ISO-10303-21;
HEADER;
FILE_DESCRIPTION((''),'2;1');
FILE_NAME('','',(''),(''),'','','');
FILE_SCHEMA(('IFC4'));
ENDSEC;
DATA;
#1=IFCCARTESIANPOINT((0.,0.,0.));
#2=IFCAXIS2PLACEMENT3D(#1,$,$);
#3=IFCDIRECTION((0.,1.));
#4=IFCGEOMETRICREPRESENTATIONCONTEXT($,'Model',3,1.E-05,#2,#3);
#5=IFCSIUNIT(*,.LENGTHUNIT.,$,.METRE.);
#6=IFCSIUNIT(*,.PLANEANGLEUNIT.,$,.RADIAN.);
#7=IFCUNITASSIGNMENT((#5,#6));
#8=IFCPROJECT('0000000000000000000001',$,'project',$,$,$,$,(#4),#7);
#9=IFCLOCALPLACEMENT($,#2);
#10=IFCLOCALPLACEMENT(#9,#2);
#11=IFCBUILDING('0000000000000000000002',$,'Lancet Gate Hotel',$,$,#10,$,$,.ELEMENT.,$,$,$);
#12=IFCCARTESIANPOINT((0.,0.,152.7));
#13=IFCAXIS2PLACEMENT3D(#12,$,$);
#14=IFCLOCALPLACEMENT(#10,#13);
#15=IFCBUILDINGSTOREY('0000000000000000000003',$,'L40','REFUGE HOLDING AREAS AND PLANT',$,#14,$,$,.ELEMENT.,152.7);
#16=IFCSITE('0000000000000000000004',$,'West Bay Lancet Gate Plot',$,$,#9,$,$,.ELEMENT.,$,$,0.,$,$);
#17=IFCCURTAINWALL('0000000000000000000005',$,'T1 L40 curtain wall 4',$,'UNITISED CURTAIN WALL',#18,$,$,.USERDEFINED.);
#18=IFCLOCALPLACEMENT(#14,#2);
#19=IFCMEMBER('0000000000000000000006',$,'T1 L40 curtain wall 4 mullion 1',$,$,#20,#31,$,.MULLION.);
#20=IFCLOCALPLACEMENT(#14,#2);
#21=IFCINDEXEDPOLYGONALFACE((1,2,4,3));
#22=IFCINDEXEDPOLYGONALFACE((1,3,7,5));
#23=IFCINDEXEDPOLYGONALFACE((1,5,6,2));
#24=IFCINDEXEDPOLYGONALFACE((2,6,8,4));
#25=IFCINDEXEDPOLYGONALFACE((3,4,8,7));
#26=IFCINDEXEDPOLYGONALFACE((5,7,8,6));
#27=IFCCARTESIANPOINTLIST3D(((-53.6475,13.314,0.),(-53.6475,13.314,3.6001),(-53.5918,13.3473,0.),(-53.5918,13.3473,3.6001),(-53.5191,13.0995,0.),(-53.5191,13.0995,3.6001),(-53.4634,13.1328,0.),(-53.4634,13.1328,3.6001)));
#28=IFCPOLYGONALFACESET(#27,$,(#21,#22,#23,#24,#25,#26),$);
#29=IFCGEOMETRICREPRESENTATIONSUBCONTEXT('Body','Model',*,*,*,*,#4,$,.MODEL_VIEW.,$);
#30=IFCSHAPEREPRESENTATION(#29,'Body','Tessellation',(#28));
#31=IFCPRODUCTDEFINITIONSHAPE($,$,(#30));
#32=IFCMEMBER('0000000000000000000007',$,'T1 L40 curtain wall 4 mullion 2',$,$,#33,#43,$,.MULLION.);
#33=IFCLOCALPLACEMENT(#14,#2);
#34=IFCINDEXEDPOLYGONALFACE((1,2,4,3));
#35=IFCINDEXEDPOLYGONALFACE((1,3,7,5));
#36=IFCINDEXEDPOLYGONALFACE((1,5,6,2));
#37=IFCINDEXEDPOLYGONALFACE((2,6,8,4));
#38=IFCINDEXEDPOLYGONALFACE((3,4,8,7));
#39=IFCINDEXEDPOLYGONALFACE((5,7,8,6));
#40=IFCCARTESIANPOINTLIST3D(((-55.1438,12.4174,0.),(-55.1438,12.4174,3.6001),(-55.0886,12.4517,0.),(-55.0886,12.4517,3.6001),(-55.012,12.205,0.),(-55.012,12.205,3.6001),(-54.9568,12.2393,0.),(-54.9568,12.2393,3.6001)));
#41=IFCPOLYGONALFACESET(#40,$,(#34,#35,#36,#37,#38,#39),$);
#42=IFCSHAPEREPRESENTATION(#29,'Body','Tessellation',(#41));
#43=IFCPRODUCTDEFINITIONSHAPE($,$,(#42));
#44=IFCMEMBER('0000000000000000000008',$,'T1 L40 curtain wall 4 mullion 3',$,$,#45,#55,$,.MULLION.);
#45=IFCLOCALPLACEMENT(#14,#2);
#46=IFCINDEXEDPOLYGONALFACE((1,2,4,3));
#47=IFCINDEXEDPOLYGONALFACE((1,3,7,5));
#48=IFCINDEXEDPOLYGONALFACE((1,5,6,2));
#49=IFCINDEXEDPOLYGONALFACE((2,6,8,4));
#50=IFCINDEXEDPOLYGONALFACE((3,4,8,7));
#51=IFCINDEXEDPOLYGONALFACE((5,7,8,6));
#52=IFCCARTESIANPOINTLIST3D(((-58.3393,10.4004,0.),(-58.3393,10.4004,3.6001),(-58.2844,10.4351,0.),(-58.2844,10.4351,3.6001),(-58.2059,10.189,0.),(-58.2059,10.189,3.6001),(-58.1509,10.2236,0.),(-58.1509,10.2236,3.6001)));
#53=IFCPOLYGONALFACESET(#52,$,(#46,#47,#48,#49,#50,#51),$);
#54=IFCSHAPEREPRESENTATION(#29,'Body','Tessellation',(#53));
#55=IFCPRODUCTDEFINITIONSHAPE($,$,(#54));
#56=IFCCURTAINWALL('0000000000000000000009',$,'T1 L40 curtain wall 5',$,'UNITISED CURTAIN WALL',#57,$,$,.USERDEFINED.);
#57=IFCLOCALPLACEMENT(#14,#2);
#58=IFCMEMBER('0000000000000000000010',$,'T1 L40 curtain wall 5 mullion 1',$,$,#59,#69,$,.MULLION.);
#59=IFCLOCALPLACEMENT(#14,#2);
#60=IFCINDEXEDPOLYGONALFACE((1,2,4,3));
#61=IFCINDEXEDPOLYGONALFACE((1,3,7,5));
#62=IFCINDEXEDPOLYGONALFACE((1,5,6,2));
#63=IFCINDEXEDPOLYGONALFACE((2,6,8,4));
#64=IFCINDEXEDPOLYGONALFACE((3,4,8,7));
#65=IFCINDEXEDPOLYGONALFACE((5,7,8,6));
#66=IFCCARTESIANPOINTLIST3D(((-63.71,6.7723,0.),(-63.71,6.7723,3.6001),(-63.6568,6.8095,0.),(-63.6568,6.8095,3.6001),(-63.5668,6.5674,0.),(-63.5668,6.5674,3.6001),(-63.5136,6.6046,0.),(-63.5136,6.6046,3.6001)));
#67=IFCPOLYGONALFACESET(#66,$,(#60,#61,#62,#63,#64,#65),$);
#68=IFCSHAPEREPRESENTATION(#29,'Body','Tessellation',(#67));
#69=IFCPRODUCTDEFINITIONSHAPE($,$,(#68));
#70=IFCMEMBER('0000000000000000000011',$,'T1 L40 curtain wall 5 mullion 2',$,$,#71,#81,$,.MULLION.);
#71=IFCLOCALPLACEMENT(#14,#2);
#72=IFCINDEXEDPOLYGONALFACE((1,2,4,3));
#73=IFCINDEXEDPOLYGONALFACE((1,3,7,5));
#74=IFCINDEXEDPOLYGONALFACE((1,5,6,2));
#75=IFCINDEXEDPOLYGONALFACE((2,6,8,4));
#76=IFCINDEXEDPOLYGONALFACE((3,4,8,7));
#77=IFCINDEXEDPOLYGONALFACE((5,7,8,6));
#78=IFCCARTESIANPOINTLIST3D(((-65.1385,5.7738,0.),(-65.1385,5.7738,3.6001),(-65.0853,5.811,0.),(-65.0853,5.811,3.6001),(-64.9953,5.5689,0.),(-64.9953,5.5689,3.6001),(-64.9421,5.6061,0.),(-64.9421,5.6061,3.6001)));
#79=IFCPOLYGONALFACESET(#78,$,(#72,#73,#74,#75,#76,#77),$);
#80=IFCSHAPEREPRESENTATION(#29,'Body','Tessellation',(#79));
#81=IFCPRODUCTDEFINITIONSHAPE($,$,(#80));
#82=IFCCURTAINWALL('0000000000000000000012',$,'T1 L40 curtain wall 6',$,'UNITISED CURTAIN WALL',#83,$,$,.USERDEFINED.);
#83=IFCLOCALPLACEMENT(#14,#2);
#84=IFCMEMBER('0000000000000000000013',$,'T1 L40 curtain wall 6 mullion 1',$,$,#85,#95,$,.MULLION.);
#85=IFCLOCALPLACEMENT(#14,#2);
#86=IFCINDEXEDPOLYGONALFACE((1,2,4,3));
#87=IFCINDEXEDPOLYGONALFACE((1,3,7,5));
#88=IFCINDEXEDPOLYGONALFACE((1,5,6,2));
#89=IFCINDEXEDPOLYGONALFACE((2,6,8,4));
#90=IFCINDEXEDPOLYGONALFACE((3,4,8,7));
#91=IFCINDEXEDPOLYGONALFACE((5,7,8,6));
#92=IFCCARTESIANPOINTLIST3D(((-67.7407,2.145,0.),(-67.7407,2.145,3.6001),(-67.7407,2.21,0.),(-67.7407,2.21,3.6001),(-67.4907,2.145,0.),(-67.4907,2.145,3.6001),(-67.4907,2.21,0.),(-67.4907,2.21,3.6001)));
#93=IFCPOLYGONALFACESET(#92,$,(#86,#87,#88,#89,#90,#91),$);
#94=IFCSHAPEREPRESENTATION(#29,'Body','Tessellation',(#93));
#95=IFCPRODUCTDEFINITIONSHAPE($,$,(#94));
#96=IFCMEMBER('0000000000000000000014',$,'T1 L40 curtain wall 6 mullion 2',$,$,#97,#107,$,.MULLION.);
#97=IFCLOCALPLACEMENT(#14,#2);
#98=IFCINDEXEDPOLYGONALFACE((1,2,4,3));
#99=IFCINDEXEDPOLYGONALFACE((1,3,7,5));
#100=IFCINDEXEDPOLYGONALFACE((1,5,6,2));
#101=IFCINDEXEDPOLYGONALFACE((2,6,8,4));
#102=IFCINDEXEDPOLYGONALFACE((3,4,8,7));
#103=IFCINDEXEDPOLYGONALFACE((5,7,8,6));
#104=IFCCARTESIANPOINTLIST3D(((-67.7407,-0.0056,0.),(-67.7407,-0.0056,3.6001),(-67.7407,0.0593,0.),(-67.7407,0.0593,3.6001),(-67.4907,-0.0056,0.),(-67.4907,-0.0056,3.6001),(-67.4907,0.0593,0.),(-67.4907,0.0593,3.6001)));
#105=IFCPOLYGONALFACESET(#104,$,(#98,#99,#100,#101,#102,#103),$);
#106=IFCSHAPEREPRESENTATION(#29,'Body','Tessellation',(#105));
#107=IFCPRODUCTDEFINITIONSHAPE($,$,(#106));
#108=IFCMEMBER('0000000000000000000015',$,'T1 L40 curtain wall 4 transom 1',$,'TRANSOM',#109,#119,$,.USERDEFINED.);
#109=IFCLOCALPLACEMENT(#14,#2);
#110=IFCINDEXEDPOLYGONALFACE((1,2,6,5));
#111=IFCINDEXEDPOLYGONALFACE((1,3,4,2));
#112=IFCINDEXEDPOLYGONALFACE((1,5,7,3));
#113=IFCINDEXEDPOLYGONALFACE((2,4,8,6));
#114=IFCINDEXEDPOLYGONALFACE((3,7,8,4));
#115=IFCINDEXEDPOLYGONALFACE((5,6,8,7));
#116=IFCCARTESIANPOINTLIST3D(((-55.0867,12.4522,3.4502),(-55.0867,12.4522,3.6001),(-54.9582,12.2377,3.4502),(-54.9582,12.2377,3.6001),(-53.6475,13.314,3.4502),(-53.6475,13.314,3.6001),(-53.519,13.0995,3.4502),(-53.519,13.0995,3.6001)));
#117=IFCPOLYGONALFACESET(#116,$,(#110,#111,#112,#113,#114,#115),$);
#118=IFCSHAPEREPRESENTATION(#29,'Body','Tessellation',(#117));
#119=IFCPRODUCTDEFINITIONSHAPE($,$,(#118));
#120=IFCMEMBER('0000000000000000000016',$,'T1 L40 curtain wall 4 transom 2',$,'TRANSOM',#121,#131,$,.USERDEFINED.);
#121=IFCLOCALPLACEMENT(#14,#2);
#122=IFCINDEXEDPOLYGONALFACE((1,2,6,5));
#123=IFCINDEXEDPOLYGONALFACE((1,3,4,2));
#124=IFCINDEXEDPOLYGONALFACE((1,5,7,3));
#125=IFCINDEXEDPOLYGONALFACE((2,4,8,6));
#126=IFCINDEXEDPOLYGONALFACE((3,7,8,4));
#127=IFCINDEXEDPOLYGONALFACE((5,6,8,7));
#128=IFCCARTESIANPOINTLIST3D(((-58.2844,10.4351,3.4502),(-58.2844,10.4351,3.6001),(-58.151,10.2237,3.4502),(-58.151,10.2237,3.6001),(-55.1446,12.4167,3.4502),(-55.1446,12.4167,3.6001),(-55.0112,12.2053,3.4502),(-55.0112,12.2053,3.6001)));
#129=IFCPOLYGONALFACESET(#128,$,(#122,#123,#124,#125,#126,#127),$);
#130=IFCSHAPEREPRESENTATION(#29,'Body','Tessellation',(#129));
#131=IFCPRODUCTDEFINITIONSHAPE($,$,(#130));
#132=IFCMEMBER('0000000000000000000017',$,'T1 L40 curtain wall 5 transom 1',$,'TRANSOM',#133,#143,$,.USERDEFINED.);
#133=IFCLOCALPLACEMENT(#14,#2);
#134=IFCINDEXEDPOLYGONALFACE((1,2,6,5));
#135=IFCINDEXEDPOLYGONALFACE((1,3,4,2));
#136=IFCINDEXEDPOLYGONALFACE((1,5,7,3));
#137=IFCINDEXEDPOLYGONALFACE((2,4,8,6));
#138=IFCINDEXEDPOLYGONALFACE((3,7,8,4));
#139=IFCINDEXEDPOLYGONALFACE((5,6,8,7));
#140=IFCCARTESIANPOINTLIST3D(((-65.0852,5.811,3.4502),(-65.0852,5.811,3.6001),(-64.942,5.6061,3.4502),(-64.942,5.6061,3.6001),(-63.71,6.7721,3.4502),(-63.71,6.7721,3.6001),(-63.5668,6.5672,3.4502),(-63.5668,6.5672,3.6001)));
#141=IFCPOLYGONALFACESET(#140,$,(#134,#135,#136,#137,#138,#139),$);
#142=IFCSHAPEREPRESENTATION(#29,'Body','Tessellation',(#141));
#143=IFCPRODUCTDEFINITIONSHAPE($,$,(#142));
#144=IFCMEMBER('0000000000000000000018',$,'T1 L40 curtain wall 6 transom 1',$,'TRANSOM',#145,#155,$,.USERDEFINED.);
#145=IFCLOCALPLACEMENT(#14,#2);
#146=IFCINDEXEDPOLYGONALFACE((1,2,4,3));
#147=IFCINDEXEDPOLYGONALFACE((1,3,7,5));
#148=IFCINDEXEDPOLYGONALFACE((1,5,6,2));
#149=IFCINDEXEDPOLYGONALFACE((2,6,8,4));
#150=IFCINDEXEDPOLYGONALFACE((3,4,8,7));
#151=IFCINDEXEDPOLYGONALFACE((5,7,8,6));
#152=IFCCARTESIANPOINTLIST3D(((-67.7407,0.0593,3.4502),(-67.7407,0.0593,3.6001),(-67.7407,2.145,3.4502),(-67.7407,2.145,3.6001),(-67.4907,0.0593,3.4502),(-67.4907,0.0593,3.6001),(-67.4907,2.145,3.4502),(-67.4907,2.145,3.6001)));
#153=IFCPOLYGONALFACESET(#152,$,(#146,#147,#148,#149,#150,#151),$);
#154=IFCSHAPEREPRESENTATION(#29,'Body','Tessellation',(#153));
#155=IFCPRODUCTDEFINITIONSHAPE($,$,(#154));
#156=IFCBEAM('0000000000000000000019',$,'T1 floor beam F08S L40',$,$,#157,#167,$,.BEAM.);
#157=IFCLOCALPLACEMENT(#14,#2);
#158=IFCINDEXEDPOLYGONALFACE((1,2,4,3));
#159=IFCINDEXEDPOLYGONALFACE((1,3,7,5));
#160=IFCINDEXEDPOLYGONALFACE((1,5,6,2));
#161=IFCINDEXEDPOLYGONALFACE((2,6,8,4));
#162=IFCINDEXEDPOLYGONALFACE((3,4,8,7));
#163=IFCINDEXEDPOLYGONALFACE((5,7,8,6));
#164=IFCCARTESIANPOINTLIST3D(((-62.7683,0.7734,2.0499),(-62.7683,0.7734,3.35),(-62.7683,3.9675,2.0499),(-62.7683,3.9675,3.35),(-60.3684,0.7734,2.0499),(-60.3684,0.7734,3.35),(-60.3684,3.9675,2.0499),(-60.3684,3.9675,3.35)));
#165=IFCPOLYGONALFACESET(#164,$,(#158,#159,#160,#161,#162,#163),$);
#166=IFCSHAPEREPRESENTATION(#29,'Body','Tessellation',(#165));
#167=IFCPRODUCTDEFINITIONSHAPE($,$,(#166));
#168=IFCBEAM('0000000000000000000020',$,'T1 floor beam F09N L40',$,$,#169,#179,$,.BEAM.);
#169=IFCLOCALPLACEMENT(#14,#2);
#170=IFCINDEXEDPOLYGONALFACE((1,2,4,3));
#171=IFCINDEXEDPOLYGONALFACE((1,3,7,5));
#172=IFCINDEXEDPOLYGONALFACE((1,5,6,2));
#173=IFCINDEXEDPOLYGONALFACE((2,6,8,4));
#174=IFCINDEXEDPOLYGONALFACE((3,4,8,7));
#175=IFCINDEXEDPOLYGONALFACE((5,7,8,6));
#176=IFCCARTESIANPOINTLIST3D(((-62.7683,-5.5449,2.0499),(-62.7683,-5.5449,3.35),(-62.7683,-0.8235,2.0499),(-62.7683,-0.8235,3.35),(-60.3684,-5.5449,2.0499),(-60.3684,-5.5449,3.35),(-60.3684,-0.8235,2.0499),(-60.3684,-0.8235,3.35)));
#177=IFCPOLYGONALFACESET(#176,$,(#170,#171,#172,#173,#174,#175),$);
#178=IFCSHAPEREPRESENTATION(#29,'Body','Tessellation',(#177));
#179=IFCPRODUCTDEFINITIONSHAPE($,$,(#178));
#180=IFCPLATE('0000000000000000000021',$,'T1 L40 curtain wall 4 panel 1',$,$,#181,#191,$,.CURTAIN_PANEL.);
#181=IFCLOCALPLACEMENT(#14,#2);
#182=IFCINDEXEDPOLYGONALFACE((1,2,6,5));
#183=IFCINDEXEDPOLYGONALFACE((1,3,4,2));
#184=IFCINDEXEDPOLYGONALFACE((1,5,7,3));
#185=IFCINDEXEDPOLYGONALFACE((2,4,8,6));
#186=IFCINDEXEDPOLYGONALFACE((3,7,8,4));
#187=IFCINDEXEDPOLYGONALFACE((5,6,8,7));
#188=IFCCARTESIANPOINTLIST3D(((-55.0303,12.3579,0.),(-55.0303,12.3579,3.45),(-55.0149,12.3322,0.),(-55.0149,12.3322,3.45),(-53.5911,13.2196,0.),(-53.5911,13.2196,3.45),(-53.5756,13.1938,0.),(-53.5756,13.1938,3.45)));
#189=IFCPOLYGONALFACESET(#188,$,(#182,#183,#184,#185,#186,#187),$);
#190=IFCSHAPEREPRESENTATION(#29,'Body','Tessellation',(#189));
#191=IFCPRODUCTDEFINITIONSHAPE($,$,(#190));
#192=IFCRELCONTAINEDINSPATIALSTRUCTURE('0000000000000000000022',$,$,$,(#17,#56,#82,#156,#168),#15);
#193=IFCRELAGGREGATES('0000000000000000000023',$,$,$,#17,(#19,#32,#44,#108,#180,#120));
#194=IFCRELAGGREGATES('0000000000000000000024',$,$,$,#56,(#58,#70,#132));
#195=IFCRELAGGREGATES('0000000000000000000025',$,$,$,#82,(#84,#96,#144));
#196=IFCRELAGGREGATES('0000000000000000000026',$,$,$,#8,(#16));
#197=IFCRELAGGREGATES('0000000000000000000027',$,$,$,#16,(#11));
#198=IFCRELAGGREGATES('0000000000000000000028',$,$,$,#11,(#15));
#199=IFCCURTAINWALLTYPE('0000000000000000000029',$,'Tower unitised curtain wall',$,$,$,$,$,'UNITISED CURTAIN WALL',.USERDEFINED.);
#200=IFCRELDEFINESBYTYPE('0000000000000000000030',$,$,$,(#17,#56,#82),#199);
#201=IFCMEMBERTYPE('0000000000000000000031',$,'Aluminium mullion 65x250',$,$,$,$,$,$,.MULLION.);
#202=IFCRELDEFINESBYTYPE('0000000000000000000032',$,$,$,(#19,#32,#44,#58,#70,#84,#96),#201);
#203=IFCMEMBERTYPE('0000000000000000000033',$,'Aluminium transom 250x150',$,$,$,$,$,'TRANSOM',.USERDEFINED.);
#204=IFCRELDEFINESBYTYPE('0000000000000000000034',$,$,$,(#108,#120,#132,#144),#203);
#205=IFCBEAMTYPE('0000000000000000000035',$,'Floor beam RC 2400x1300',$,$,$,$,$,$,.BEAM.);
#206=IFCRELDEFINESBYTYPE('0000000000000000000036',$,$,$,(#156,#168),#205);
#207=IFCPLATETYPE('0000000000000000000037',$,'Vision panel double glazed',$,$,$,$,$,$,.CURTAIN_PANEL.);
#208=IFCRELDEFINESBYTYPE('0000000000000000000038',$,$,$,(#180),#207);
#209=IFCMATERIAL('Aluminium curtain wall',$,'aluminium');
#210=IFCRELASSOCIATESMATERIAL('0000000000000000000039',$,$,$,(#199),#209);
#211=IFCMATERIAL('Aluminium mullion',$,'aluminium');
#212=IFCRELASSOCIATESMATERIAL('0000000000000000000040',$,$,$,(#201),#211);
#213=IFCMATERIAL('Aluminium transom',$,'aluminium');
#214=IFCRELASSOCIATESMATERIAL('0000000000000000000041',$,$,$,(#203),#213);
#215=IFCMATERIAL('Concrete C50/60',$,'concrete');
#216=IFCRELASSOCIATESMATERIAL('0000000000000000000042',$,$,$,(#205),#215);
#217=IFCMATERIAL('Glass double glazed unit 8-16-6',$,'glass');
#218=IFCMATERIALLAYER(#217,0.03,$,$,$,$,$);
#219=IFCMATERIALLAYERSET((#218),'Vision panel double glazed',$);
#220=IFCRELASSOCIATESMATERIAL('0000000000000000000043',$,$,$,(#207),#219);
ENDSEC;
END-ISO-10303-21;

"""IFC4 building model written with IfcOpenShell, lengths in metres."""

from ifc_helpers import new_model, si_unit, direction, frame, origin, origin_2d, place, context, subcontext, project, spatial, rectangle, extrude, material, layer, layer_set, material_profile, profile_set, type_object, element, aggregate, save


model = new_model("IFC4")

# Units and contexts
model_context = context("Model", 3, precision=1e-05, world=origin(), true_north=direction((0.0, 1.0)))
body_context = subcontext(model_context, "Body", "Model", "MODEL_VIEW")
ifc_project = project(units=[si_unit("LENGTHUNIT", "METRE"), si_unit("PLANEANGLEUNIT", "RADIAN")], contexts=[model_context])

# Site, building, storey
site_placement = place(None, origin())
site = spatial("IfcSite", under=ifc_project, at=site_placement, Name="West Bay Lancet Gate Plot", CompositionType="ELEMENT", RefElevation=0.0)
building_placement = place(site_placement, origin())
building = spatial("IfcBuilding", under=site, at=building_placement, Name="Lancet Gate Hotel", CompositionType="ELEMENT")
storey_placement = place(building_placement, frame((0.0, 0.0, 152.7)))
storey = spatial("IfcBuildingStorey", under=building, at=storey_placement, Name="L40", Description="REFUGE HOLDING AREAS AND PLANT", CompositionType="ELEMENT", Elevation=152.7)

# Curtain walls, members
ifc_material_1 = material(Name="Aluminium curtain wall", Category="aluminium")
curtain_wall_type = type_object("IfcCurtainWallType", Name="Tower unitised curtain wall", ElementType="UNITISED CURTAIN WALL", PredefinedType="USERDEFINED", material=ifc_material_1)
curtain_wall_1_placement = place(storey_placement, origin())
curtain_wall_1 = element("IfcCurtainWall", 1, at=curtain_wall_1_placement, inside=storey, type_object=curtain_wall_type, Name="T1 L40 curtain wall 4", ObjectType="UNITISED CURTAIN WALL", PredefinedType="USERDEFINED")
ifc_material_2 = material(Name="Aluminium mullion", Category="aluminium")
ifc_material_profile_1 = material_profile(ifc_material_2, rectangle(XDim=0.0649, YDim=0.25, at=origin_2d()), Name="MULLION 65x250")
ifc_profile_set_1 = profile_set([ifc_material_profile_1], Name="Aluminium mullion")
member_type_1 = type_object("IfcMemberType", Name="Aluminium mullion 65x250", PredefinedType="MULLION", material=ifc_profile_set_1)
member_1_placement = place(storey_placement, frame((-53.5554, 13.2234, 0.0), z_axis=(0.0, 0.0, 1.0), x_axis=(-0.857987, -0.513672, 0.0)))
member_1 = element("IfcMember", 2, at=member_1_placement, type_object=member_type_1, Name="T1 L40 curtain wall 4 mullion 1", PredefinedType="MULLION", context=body_context, shape_type="SweptSolid", body=[
    extrude(rectangle(XDim=0.0649, YDim=0.25, at=origin_2d()), origin(), (0.0, 0.0, 1.0), 3.6001),
])
member_2_placement = place(storey_placement, frame((-55.0503, 12.3284, 0.0), z_axis=(0.0, 0.0, 1.0), x_axis=(-0.849606, -0.527417, 0.0)))
member_2 = element("IfcMember", 3, at=member_2_placement, type_object=member_type_1, Name="T1 L40 curtain wall 4 mullion 2", PredefinedType="MULLION", context=body_context, shape_type="SweptSolid", body=[
    extrude(rectangle(XDim=0.0649, YDim=0.25, at=origin_2d()), origin(), (0.0, 0.0, 1.0), 3.6001),
])
member_3_placement = place(storey_placement, frame((-58.2451, 10.312, 0.0), z_axis=(0.0, 0.0, 1.0), x_axis=(-0.845667, -0.533711, 0.0)))
member_3 = element("IfcMember", 4, at=member_3_placement, type_object=member_type_1, Name="T1 L40 curtain wall 4 mullion 3", PredefinedType="MULLION", context=body_context, shape_type="SweptSolid", body=[
    extrude(rectangle(XDim=0.0649, YDim=0.25, at=origin_2d()), origin(), (0.0, 0.0, 1.0), 3.6001),
])
curtain_wall_2_placement = place(storey_placement, origin())
curtain_wall_2 = element("IfcCurtainWall", 5, at=curtain_wall_2_placement, inside=storey, type_object=curtain_wall_type, Name="T1 L40 curtain wall 5", ObjectType="UNITISED CURTAIN WALL", PredefinedType="USERDEFINED")
member_4_placement = place(storey_placement, frame((-63.6118, 6.6885, 0.0), z_axis=(0.0, 0.0, 1.0), x_axis=(-0.819631, -0.572892, 0.0)))
member_4 = element("IfcMember", 6, at=member_4_placement, type_object=member_type_1, Name="T1 L40 curtain wall 5 mullion 1", PredefinedType="MULLION", context=body_context, shape_type="SweptSolid", body=[
    extrude(rectangle(XDim=0.0649, YDim=0.25, at=origin_2d()), origin(), (0.0, 0.0, 1.0), 3.6001),
])
member_5_placement = place(storey_placement, frame((-65.0403, 5.6899, 0.0), z_axis=(0.0, 0.0, 1.0), x_axis=(-0.819631, -0.572892, 0.0)))
member_5 = element("IfcMember", 7, at=member_5_placement, type_object=member_type_1, Name="T1 L40 curtain wall 5 mullion 2", PredefinedType="MULLION", context=body_context, shape_type="SweptSolid", body=[
    extrude(rectangle(XDim=0.0649, YDim=0.25, at=origin_2d()), origin(), (0.0, 0.0, 1.0), 3.6001),
])
curtain_wall_3_placement = place(storey_placement, origin())
curtain_wall_3 = element("IfcCurtainWall", 8, at=curtain_wall_3_placement, inside=storey, type_object=curtain_wall_type, Name="T1 L40 curtain wall 6", ObjectType="UNITISED CURTAIN WALL", PredefinedType="USERDEFINED")
member_6_placement = place(storey_placement, frame((-67.6157, 2.1775, 0.0), z_axis=(0.0, 0.0, 1.0), x_axis=(0.0, -1.0, 0.0)))
member_6 = element("IfcMember", 9, at=member_6_placement, type_object=member_type_1, Name="T1 L40 curtain wall 6 mullion 1", PredefinedType="MULLION", context=body_context, shape_type="SweptSolid", body=[
    extrude(rectangle(XDim=0.0649, YDim=0.25, at=origin_2d()), origin(), (0.0, 0.0, 1.0), 3.6001),
])
member_7_placement = place(storey_placement, frame((-67.6157, 0.0269, 0.0), z_axis=(0.0, 0.0, 1.0), x_axis=(0.0, -1.0, 0.0)))
member_7 = element("IfcMember", 10, at=member_7_placement, type_object=member_type_1, Name="T1 L40 curtain wall 6 mullion 2", PredefinedType="MULLION", context=body_context, shape_type="SweptSolid", body=[
    extrude(rectangle(XDim=0.0649, YDim=0.25, at=origin_2d()), origin(), (0.0, 0.0, 1.0), 3.6001),
])

# Members
ifc_material_3 = material(Name="Aluminium transom", Category="aluminium")
ifc_material_profile_2 = material_profile(ifc_material_3, rectangle(XDim=0.25, YDim=0.1499, at=origin_2d()), Name="TRANSOM 250x150")
ifc_profile_set_2 = profile_set([ifc_material_profile_2], Name="Aluminium transom")
member_type_2 = type_object("IfcMemberType", Name="Aluminium transom 250x150", ElementType="TRANSOM", PredefinedType="USERDEFINED", material=ifc_profile_set_2)
member_8_placement = place(storey_placement, frame((-53.5833, 13.2068, 3.5251), z_axis=(-0.857942, -0.513746, 0.0), x_axis=(0.513746, -0.857942, 0.0)))
member_8 = element("IfcMember", 11, at=member_8_placement, type_object=member_type_2, Name="T1 L40 curtain wall 4 transom 1", ObjectType="TRANSOM", PredefinedType="USERDEFINED", context=body_context, shape_type="SweptSolid", body=[
    extrude(rectangle(XDim=0.25, YDim=0.1499, at=origin_2d()), origin(), (0.0, 0.0, 1.0), 1.6775),
])
member_9_placement = place(storey_placement, frame((-55.0779, 12.311, 3.5251), z_axis=(-0.845659, -0.533723, 0.0), x_axis=(0.533723, -0.845659, 0.0)))
member_9 = element("IfcMember", 12, at=member_9_placement, type_object=member_type_2, Name="T1 L40 curtain wall 4 transom 2", ObjectType="TRANSOM", PredefinedType="USERDEFINED", context=body_context, shape_type="SweptSolid", body=[
    extrude(rectangle(XDim=0.25, YDim=0.1499, at=origin_2d()), origin(), (0.0, 0.0, 1.0), 3.7129),
])
member_10_placement = place(storey_placement, frame((-63.6384, 6.6697, 3.5251), z_axis=(-0.819649, -0.572866, 0.0), x_axis=(0.572866, -0.819649, 0.0)))
member_10 = element("IfcMember", 13, at=member_10_placement, type_object=member_type_2, Name="T1 L40 curtain wall 5 transom 1", ObjectType="TRANSOM", PredefinedType="USERDEFINED", context=body_context, shape_type="SweptSolid", body=[
    extrude(rectangle(XDim=0.25, YDim=0.1499, at=origin_2d()), origin(), (0.0, 0.0, 1.0), 1.6777),
])
member_11_placement = place(storey_placement, frame((-67.6157, 2.145, 3.5251), z_axis=(0.0, -1.0, 0.0), x_axis=(1.0, 0.0, 0.0)))
member_11 = element("IfcMember", 14, at=member_11_placement, type_object=member_type_2, Name="T1 L40 curtain wall 6 transom 1", ObjectType="TRANSOM", PredefinedType="USERDEFINED", context=body_context, shape_type="SweptSolid", body=[
    extrude(rectangle(XDim=0.25, YDim=0.1499, at=origin_2d()), origin(), (0.0, 0.0, 1.0), 2.0857),
])

# Beams
ifc_material_4 = material(Name="Concrete C50/60", Category="concrete")
ifc_material_profile_3 = material_profile(ifc_material_4, rectangle(XDim=2.3999, YDim=1.3, at=origin_2d()), Name="RC 2400x1300")
ifc_profile_set_3 = profile_set([ifc_material_profile_3], Name="Concrete C50/60")
beam_type = type_object("IfcBeamType", Name="Floor beam RC 2400x1300", PredefinedType="BEAM", material=ifc_profile_set_3)
beam_1_placement = place(storey_placement, frame((-61.5684, 3.9675, 2.7), z_axis=(0.0, -1.0, 0.0), x_axis=(1.0, 0.0, 0.0)))
element("IfcBeam", 15, at=beam_1_placement, inside=storey, type_object=beam_type, Name="T1 floor beam F08S L40", PredefinedType="BEAM", context=body_context, shape_type="SweptSolid", body=[
    extrude(rectangle(XDim=2.3999, YDim=1.3, at=origin_2d()), origin(), (0.0, 0.0, 1.0), 3.1941),
])
beam_2_placement = place(storey_placement, frame((-61.5684, -0.8235, 2.7), z_axis=(0.0, -1.0, 0.0), x_axis=(1.0, 0.0, 0.0)))
element("IfcBeam", 16, at=beam_2_placement, inside=storey, type_object=beam_type, Name="T1 floor beam F09N L40", PredefinedType="BEAM", context=body_context, shape_type="SweptSolid", body=[
    extrude(rectangle(XDim=2.3999, YDim=1.3, at=origin_2d()), origin(), (0.0, 0.0, 1.0), 4.7214),
])

# Plate
ifc_material_5 = material(Name="Glass double glazed unit 8-16-6", Category="glass")
ifc_layer_1 = layer(ifc_material_5, 0.03)
ifc_layer_set_1 = layer_set([ifc_layer_1], Name="Vision panel double glazed")
plate_type = type_object("IfcPlateType", Name="Vision panel double glazed", PredefinedType="CURTAIN_PANEL", material=ifc_layer_set_1)
plate_1_placement = place(storey_placement, frame((-54.303, 12.7759, 0.0), z_axis=(0.0, 0.0, 1.0), x_axis=(-0.857987, -0.513672, 0.0)))
plate_1 = element("IfcPlate", 17, at=plate_1_placement, type_object=plate_type, Name="T1 L40 curtain wall 4 panel 1", PredefinedType="CURTAIN_PANEL", context=body_context, shape_type="SweptSolid", body=[
    extrude(rectangle(XDim=1.6775, YDim=0.03, at=origin_2d()), origin(), (0.0, 0.0, 1.0), 3.45),
])
aggregate(curtain_wall_1, [member_1, member_2, member_3, member_8, plate_1, member_9])
aggregate(curtain_wall_2, [member_4, member_5, member_10])
aggregate(curtain_wall_3, [member_6, member_7, member_11])

save(model, "model.ifc")
